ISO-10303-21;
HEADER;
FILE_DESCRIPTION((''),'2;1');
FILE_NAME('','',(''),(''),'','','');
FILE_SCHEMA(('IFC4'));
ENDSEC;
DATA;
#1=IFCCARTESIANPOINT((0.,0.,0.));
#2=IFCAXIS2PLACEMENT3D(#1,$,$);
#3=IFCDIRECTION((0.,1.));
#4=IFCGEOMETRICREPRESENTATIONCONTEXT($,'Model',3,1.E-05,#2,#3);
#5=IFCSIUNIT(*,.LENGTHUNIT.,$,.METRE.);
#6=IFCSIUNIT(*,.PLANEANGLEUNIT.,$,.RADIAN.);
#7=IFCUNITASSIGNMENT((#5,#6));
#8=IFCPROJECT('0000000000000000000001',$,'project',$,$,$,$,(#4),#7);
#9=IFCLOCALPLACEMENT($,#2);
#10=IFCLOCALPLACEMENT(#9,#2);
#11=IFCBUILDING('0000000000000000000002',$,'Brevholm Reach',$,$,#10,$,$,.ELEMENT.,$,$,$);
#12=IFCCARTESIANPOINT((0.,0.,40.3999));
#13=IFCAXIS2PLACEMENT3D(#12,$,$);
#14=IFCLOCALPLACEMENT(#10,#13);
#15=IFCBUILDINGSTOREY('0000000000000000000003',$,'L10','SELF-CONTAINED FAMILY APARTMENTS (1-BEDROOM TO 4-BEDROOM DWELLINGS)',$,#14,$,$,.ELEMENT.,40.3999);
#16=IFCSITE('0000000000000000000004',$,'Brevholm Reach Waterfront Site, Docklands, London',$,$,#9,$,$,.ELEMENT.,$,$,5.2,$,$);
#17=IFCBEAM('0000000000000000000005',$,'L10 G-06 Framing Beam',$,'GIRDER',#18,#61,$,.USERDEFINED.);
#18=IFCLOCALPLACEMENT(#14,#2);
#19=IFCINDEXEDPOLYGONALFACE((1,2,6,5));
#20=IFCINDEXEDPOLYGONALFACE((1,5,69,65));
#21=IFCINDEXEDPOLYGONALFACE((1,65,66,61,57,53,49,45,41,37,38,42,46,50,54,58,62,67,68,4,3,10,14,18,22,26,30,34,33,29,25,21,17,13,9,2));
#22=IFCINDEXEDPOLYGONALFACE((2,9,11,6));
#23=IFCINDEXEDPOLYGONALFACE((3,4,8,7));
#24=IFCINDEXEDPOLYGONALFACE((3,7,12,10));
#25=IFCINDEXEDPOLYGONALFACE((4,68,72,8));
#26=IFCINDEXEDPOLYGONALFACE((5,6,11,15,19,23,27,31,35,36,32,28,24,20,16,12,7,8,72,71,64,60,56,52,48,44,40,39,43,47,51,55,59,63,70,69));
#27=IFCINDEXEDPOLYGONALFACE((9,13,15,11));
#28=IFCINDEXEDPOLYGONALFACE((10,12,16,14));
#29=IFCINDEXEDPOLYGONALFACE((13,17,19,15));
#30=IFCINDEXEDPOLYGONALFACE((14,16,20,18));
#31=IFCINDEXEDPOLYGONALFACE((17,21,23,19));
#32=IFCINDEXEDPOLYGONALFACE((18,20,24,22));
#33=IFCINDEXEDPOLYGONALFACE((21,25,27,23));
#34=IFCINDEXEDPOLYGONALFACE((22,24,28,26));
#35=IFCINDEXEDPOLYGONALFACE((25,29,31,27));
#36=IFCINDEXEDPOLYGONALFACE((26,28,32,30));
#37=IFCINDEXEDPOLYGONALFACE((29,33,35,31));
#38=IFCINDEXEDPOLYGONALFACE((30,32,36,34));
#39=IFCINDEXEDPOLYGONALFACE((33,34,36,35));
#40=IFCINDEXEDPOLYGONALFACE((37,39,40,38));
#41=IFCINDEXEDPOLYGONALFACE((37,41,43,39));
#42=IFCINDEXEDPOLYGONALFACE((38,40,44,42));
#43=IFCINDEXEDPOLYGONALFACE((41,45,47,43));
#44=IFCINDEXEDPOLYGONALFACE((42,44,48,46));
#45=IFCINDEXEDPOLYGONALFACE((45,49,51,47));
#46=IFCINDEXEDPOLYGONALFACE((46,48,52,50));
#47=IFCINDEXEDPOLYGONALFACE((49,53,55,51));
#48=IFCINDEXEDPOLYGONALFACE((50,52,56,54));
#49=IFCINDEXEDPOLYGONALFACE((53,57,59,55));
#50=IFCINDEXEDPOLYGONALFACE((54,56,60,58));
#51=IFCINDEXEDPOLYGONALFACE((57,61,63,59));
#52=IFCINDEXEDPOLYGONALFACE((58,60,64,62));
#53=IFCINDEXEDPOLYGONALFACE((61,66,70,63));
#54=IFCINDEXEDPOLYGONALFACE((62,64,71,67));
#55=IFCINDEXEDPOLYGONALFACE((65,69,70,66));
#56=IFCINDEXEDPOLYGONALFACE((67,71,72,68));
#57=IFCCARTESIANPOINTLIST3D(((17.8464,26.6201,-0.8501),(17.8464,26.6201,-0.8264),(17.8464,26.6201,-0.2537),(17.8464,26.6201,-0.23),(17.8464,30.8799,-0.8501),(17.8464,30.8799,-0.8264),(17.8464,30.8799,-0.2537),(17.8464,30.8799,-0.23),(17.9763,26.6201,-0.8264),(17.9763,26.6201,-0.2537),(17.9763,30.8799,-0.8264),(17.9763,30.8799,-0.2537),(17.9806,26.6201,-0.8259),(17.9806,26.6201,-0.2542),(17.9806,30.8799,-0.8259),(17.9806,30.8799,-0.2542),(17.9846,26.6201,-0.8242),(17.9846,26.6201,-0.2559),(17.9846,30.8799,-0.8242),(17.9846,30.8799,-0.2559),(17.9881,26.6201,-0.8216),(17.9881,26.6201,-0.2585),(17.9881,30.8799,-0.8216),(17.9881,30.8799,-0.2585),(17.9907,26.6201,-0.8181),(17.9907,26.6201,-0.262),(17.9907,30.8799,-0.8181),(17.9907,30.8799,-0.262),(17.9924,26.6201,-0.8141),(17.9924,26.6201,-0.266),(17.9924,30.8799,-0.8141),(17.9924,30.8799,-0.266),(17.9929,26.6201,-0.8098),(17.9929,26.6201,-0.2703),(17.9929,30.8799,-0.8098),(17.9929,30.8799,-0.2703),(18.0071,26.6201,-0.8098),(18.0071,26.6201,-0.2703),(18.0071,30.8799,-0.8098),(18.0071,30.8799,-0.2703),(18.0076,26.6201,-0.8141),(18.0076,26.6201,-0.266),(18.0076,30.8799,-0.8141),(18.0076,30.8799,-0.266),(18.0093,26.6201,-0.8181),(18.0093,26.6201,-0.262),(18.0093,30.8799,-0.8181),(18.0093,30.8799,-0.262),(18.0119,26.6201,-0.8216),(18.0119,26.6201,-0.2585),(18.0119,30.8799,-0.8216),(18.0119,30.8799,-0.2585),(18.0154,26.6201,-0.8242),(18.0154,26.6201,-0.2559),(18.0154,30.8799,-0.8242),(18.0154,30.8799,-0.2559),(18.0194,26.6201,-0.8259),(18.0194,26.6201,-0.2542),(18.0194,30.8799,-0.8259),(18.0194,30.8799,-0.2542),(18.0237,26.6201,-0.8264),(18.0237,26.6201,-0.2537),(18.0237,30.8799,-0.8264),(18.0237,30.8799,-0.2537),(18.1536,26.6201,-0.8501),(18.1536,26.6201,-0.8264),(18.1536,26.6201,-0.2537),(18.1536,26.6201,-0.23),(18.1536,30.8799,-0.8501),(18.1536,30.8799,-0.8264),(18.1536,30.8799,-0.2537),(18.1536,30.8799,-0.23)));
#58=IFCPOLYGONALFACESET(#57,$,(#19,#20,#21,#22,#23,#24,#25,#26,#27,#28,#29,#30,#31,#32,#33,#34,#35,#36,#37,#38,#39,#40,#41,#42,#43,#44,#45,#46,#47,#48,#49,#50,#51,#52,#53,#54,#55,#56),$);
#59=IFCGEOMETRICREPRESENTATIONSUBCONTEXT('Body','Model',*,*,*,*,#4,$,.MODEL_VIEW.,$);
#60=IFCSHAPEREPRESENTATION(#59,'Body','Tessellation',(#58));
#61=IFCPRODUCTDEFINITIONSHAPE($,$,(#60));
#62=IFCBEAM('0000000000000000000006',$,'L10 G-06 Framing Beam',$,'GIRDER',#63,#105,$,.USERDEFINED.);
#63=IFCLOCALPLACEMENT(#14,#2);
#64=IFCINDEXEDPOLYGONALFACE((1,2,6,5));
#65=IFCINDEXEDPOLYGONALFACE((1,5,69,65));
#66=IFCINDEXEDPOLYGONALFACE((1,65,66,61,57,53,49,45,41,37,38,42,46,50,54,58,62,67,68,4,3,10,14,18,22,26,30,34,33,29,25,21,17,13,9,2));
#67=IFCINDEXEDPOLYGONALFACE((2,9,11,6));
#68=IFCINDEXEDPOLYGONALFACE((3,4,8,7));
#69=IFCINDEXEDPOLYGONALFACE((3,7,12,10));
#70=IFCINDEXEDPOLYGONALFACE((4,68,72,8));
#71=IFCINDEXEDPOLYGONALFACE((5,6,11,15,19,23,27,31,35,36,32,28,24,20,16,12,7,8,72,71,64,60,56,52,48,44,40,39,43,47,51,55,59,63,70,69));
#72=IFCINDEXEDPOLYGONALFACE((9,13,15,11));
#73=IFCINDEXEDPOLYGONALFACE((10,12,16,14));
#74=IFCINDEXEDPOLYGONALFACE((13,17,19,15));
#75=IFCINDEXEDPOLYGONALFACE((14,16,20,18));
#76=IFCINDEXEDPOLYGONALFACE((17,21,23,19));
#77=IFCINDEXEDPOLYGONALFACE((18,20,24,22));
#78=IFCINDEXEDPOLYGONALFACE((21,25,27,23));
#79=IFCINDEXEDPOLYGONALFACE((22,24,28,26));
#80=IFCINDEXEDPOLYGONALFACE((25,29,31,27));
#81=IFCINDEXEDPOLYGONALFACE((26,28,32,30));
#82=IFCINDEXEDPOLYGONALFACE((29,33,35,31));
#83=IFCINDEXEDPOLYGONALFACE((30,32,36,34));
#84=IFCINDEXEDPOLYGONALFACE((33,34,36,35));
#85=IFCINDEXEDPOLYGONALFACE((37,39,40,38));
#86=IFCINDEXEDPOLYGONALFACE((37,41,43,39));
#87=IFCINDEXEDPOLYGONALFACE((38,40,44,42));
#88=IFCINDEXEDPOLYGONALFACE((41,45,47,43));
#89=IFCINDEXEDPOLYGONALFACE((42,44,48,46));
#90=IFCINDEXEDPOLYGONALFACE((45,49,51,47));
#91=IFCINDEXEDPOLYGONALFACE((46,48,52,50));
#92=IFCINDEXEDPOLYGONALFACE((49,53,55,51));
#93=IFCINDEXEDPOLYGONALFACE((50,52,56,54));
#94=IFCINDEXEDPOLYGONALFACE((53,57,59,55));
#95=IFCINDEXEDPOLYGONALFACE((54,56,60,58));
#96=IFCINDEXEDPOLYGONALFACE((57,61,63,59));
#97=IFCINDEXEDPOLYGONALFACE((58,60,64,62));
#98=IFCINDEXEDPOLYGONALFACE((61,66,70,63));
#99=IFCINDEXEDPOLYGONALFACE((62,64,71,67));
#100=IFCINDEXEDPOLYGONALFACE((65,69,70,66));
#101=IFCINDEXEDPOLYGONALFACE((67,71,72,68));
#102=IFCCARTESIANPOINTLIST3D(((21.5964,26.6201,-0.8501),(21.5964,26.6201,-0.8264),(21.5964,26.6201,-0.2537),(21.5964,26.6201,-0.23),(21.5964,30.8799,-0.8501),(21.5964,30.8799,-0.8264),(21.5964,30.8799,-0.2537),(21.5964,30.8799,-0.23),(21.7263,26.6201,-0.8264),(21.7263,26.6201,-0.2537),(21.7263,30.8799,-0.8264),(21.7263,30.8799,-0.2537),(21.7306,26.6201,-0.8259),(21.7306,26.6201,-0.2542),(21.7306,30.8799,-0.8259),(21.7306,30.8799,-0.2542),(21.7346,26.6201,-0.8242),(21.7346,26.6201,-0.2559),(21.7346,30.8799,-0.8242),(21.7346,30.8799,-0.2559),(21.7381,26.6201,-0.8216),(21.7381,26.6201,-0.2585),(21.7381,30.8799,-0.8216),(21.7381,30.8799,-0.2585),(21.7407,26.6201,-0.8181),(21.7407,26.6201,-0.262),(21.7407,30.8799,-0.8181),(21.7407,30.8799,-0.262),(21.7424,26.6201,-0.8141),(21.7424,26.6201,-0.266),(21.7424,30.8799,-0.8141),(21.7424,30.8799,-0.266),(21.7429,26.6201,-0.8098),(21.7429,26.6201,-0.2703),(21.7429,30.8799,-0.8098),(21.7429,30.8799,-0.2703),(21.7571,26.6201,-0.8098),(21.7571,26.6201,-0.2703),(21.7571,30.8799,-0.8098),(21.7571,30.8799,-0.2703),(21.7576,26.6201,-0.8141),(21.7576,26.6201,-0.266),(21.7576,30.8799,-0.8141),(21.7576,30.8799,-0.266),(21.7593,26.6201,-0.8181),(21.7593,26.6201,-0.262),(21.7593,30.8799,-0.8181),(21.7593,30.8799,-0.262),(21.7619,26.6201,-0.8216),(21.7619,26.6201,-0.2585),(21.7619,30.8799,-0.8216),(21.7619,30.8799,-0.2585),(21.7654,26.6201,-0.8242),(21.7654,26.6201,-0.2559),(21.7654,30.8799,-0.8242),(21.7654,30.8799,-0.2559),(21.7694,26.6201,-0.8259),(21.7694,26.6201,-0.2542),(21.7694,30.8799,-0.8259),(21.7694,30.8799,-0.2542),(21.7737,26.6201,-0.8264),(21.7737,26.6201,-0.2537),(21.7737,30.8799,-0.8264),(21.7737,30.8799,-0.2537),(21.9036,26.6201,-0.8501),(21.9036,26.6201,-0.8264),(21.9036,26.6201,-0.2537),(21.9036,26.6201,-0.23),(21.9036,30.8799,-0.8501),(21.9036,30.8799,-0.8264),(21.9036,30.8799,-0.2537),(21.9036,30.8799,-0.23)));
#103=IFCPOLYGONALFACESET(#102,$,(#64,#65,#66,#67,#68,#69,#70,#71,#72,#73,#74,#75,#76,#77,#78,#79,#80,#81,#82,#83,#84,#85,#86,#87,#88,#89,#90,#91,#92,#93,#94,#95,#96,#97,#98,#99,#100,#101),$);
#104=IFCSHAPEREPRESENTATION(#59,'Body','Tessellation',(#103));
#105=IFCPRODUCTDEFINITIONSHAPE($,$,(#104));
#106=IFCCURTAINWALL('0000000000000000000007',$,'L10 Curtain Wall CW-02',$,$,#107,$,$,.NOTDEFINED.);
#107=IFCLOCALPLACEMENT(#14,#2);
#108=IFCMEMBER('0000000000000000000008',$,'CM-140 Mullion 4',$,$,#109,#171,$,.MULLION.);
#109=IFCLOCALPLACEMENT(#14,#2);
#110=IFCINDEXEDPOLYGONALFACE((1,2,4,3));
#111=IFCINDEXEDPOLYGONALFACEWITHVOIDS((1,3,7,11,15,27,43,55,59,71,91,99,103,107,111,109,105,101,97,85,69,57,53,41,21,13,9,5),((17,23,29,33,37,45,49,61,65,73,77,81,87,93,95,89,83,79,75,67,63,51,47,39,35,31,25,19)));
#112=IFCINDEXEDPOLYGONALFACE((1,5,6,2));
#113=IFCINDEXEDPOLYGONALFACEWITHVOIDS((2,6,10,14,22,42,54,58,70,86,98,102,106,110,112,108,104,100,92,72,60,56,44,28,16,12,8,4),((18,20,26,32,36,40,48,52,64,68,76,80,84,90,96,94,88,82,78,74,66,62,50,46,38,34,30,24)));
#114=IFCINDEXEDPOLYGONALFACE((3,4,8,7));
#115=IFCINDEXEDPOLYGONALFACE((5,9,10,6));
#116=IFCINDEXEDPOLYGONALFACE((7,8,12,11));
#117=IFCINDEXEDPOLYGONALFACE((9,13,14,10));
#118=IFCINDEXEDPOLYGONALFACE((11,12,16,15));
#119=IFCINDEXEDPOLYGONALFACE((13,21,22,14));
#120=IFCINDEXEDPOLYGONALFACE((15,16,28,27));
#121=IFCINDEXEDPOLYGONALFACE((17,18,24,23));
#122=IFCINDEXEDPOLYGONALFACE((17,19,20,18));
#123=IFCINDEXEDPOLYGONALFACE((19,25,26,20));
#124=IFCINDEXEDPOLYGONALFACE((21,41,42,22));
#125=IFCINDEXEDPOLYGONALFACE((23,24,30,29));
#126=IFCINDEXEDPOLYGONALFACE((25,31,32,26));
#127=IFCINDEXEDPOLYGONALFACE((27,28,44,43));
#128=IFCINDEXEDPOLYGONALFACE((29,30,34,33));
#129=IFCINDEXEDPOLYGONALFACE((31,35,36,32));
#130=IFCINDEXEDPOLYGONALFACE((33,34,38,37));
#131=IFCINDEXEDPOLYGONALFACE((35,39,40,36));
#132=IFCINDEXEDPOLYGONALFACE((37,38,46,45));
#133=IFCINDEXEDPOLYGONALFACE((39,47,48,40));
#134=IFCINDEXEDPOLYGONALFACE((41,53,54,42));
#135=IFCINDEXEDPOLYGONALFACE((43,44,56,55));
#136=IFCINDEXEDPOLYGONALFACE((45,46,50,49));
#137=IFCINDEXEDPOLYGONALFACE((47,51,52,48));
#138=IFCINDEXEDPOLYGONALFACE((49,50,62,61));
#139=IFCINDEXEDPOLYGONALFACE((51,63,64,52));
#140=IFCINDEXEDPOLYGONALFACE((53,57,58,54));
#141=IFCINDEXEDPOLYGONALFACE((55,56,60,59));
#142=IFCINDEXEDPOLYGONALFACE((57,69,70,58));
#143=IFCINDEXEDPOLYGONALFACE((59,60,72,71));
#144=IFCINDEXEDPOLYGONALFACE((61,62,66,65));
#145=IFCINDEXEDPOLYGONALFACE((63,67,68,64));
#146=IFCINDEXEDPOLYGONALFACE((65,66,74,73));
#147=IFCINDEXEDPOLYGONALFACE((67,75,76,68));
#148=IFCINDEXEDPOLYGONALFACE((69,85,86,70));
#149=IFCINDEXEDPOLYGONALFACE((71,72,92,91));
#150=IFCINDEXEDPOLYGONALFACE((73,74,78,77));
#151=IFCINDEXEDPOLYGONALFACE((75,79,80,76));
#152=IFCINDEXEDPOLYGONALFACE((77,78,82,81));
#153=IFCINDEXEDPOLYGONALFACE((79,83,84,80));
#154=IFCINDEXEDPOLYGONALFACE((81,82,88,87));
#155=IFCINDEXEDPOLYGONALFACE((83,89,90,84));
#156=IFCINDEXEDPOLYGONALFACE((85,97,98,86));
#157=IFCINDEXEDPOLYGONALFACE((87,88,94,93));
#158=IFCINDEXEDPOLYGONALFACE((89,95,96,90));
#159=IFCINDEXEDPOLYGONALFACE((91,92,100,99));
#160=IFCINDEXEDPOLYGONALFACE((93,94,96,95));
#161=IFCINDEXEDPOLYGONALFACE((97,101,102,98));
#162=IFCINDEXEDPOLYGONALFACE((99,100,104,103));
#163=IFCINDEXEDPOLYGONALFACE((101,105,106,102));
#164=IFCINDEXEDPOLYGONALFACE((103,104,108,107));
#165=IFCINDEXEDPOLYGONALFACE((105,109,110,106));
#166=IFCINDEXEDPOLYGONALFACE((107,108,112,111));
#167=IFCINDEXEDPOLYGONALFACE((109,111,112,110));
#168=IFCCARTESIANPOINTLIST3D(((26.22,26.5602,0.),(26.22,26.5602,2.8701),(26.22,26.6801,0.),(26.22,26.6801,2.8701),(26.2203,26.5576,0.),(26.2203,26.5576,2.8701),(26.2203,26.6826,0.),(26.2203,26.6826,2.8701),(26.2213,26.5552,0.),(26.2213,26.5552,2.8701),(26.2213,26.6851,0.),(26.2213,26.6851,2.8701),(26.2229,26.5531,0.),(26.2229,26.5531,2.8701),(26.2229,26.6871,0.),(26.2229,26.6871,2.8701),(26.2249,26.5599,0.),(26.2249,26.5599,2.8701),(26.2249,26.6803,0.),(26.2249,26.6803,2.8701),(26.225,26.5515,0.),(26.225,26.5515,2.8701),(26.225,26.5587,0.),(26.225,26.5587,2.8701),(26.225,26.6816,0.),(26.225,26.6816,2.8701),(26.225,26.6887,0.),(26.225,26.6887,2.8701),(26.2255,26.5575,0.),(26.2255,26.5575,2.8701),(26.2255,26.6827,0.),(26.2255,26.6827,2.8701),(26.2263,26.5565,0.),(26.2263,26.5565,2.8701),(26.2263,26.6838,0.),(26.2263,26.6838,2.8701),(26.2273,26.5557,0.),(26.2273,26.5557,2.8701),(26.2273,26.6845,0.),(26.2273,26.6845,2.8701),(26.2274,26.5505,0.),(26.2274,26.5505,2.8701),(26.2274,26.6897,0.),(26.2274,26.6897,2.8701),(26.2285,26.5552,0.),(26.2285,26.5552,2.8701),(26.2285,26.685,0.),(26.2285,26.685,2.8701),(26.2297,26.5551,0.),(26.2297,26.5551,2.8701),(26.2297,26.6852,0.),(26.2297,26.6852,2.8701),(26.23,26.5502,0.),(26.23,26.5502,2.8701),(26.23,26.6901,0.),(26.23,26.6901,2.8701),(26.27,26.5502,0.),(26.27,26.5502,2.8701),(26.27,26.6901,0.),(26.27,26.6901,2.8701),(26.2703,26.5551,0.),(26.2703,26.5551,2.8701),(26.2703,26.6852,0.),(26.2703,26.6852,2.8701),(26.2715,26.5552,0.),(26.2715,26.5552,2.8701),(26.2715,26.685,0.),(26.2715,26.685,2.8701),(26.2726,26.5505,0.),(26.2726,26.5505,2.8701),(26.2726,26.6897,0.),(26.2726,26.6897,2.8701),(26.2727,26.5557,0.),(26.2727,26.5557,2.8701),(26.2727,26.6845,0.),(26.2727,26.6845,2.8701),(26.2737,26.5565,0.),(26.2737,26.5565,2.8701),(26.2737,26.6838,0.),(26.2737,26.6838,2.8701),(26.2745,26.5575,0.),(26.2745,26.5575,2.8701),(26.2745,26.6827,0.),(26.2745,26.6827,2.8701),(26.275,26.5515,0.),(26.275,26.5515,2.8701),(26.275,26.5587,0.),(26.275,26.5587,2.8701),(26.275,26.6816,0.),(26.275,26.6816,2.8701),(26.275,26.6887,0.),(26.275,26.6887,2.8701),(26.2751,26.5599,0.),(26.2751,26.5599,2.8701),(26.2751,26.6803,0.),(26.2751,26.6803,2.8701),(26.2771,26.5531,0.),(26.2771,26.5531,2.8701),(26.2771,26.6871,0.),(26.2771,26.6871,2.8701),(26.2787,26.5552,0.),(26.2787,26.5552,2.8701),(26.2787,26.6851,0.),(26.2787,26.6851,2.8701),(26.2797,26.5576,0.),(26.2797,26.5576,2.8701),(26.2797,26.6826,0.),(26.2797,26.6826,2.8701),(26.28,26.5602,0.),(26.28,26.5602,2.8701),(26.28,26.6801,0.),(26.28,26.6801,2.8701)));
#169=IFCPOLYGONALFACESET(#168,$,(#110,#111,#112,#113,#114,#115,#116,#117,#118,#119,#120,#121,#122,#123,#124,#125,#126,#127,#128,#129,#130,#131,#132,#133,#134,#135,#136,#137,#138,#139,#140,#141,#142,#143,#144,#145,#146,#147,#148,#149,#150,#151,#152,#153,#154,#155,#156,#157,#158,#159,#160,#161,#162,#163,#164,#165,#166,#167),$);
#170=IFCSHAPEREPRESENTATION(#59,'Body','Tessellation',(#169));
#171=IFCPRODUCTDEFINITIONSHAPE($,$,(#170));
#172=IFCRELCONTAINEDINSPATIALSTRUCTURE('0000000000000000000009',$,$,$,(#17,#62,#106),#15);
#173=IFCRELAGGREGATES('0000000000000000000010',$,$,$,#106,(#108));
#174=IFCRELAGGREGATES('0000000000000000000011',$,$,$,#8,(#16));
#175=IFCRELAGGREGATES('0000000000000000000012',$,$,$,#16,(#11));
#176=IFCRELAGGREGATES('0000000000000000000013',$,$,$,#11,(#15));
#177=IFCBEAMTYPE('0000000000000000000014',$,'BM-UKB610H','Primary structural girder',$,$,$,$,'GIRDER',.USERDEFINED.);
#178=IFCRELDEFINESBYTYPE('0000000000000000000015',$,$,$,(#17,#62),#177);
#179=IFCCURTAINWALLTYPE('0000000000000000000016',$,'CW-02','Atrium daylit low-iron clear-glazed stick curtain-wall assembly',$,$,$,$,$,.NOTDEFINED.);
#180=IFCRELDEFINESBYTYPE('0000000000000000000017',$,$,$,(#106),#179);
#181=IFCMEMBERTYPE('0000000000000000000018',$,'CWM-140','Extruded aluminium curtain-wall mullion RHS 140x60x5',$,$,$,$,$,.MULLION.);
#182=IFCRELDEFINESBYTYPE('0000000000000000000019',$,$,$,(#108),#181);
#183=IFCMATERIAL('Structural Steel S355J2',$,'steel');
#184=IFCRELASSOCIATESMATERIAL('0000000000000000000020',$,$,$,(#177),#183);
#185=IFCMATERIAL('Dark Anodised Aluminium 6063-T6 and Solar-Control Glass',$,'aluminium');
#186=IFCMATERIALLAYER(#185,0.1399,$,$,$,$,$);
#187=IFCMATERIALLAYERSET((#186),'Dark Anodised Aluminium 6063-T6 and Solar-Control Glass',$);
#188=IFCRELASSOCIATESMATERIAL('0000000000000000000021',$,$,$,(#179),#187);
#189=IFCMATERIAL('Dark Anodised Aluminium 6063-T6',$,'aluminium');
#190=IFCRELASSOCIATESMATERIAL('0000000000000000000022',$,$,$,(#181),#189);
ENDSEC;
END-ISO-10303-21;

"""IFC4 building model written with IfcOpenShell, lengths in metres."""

from ifc_helpers import new_model, si_unit, direction, frame, origin, origin_2d, place, context, subcontext, project, spatial, hollow_rectangle, i_section, extrude, material, layer, layer_set, material_profile, profile_set, type_object, element, aggregate, save


model = new_model("IFC4")

# Units and contexts
model_context = context("Model", 3, precision=1e-05, world=origin(), true_north=direction((0.0, 1.0)))
body_context = subcontext(model_context, "Body", "Model", "MODEL_VIEW")
ifc_project = project(units=[si_unit("LENGTHUNIT", "METRE"), si_unit("PLANEANGLEUNIT", "RADIAN")], contexts=[model_context])

# Site, building, storey
site_placement = place(None, origin())
site = spatial("IfcSite", under=ifc_project, at=site_placement, Name="Brevholm Reach Waterfront Site, Docklands, London", CompositionType="ELEMENT", RefElevation=5.2)
building_placement = place(site_placement, origin())
building = spatial("IfcBuilding", under=site, at=building_placement, Name="Brevholm Reach", CompositionType="ELEMENT")
storey_placement = place(building_placement, frame((0.0, 0.0, 40.3999)))
storey = spatial("IfcBuildingStorey", under=building, at=storey_placement, Name="L10", Description="SELF-CONTAINED FAMILY APARTMENTS (1-BEDROOM TO 4-BEDROOM DWELLINGS)", CompositionType="ELEMENT", Elevation=40.3999)

# Beams
ifc_material_1 = material(Name="Structural Steel S355J2", Category="steel")
ifc_material_profile_1 = material_profile(ifc_material_1, i_section(OverallWidth=0.3071, OverallDepth=0.6201, WebThickness=0.0142, FlangeThickness=0.0237, FilletRadius=0.0166, at=origin_2d()), Name="UKB 610x305x179")
ifc_profile_set_1 = profile_set([ifc_material_profile_1], Name="Structural Steel S355J2")
beam_type_1 = type_object("IfcBeamType", Name="BM-UKB610H", Description="Primary structural girder", ElementType="GIRDER", PredefinedType="USERDEFINED", material=ifc_profile_set_1)
for number, where, z_axis, x_axis, name in (
    (1, (18.0, 26.6201, -0.54), (0.0, 1.0, 0.0), (-1.0, 0.0, 0.0), "L10 G-06 Framing Beam"),
    (2, (21.75, 26.6201, -0.54), (0.0, 1.0, 0.0), (-1.0, 0.0, 0.0), "L10 G-06 Framing Beam"),
):
    element("IfcBeam", number, at=place(storey_placement, frame(where, z_axis=z_axis, x_axis=x_axis)), inside=storey, type_object=beam_type_1, Name=name, ObjectType="GIRDER", PredefinedType="USERDEFINED", context=body_context, shape_type="SweptSolid", body=[
        extrude(i_section(OverallWidth=0.3071, OverallDepth=0.6201, WebThickness=0.0142, FlangeThickness=0.0237, FilletRadius=0.0166, at=origin_2d()), origin(), (0.0, 0.0, 1.0), 4.2598),
    ])

# Curtain wall, member
ifc_material_2 = material(Name="Dark Anodised Aluminium 6063-T6 and Solar-Control Glass", Category="aluminium")
ifc_layer_1 = layer(ifc_material_2, 0.1399)
ifc_layer_set_1 = layer_set([ifc_layer_1], Name="Dark Anodised Aluminium 6063-T6 and Solar-Control Glass")
curtain_wall_type = type_object("IfcCurtainWallType", Name="CW-02", Description="Atrium daylit low-iron clear-glazed stick curtain-wall assembly", PredefinedType="NOTDEFINED", material=ifc_layer_set_1)
curtain_wall_placement = place(storey_placement, origin())
curtain_wall = element("IfcCurtainWall", 3, at=curtain_wall_placement, inside=storey, type_object=curtain_wall_type, Name="L10 Curtain Wall CW-02", PredefinedType="NOTDEFINED")
ifc_material_3 = material(Name="Dark Anodised Aluminium 6063-T6", Category="aluminium")
ifc_material_profile_2 = material_profile(ifc_material_3, hollow_rectangle(XDim=0.0601, YDim=0.1399, WallThickness=0.0049, InnerFilletRadius=0.0049, OuterFilletRadius=0.01, at=origin_2d()), Name="RHS 140x60x5")
ifc_profile_set_2 = profile_set([ifc_material_profile_2], Name="Dark Anodised Aluminium 6063-T6")
member_type_1 = type_object("IfcMemberType", Name="CWM-140", Description="Extruded aluminium curtain-wall mullion RHS 140x60x5", PredefinedType="MULLION", material=ifc_profile_set_2)
member_1_placement = place(storey_placement, frame((26.25, 26.6201, 0.0), z_axis=(0.0, 0.0, 1.0), x_axis=(-1.0, 0.0, 0.0)))
member_1 = element("IfcMember", 4, at=member_1_placement, type_object=member_type_1, Name="CM-140 Mullion 4", PredefinedType="MULLION", context=body_context, shape_type="SweptSolid", body=[
    extrude(hollow_rectangle(XDim=0.0601, YDim=0.1399, WallThickness=0.0049, InnerFilletRadius=0.0049, OuterFilletRadius=0.01, at=origin_2d()), origin(), (0.0, 0.0, 1.0), 2.8701),
])
aggregate(curtain_wall, [member_1])

save(model, "model.ifc")
